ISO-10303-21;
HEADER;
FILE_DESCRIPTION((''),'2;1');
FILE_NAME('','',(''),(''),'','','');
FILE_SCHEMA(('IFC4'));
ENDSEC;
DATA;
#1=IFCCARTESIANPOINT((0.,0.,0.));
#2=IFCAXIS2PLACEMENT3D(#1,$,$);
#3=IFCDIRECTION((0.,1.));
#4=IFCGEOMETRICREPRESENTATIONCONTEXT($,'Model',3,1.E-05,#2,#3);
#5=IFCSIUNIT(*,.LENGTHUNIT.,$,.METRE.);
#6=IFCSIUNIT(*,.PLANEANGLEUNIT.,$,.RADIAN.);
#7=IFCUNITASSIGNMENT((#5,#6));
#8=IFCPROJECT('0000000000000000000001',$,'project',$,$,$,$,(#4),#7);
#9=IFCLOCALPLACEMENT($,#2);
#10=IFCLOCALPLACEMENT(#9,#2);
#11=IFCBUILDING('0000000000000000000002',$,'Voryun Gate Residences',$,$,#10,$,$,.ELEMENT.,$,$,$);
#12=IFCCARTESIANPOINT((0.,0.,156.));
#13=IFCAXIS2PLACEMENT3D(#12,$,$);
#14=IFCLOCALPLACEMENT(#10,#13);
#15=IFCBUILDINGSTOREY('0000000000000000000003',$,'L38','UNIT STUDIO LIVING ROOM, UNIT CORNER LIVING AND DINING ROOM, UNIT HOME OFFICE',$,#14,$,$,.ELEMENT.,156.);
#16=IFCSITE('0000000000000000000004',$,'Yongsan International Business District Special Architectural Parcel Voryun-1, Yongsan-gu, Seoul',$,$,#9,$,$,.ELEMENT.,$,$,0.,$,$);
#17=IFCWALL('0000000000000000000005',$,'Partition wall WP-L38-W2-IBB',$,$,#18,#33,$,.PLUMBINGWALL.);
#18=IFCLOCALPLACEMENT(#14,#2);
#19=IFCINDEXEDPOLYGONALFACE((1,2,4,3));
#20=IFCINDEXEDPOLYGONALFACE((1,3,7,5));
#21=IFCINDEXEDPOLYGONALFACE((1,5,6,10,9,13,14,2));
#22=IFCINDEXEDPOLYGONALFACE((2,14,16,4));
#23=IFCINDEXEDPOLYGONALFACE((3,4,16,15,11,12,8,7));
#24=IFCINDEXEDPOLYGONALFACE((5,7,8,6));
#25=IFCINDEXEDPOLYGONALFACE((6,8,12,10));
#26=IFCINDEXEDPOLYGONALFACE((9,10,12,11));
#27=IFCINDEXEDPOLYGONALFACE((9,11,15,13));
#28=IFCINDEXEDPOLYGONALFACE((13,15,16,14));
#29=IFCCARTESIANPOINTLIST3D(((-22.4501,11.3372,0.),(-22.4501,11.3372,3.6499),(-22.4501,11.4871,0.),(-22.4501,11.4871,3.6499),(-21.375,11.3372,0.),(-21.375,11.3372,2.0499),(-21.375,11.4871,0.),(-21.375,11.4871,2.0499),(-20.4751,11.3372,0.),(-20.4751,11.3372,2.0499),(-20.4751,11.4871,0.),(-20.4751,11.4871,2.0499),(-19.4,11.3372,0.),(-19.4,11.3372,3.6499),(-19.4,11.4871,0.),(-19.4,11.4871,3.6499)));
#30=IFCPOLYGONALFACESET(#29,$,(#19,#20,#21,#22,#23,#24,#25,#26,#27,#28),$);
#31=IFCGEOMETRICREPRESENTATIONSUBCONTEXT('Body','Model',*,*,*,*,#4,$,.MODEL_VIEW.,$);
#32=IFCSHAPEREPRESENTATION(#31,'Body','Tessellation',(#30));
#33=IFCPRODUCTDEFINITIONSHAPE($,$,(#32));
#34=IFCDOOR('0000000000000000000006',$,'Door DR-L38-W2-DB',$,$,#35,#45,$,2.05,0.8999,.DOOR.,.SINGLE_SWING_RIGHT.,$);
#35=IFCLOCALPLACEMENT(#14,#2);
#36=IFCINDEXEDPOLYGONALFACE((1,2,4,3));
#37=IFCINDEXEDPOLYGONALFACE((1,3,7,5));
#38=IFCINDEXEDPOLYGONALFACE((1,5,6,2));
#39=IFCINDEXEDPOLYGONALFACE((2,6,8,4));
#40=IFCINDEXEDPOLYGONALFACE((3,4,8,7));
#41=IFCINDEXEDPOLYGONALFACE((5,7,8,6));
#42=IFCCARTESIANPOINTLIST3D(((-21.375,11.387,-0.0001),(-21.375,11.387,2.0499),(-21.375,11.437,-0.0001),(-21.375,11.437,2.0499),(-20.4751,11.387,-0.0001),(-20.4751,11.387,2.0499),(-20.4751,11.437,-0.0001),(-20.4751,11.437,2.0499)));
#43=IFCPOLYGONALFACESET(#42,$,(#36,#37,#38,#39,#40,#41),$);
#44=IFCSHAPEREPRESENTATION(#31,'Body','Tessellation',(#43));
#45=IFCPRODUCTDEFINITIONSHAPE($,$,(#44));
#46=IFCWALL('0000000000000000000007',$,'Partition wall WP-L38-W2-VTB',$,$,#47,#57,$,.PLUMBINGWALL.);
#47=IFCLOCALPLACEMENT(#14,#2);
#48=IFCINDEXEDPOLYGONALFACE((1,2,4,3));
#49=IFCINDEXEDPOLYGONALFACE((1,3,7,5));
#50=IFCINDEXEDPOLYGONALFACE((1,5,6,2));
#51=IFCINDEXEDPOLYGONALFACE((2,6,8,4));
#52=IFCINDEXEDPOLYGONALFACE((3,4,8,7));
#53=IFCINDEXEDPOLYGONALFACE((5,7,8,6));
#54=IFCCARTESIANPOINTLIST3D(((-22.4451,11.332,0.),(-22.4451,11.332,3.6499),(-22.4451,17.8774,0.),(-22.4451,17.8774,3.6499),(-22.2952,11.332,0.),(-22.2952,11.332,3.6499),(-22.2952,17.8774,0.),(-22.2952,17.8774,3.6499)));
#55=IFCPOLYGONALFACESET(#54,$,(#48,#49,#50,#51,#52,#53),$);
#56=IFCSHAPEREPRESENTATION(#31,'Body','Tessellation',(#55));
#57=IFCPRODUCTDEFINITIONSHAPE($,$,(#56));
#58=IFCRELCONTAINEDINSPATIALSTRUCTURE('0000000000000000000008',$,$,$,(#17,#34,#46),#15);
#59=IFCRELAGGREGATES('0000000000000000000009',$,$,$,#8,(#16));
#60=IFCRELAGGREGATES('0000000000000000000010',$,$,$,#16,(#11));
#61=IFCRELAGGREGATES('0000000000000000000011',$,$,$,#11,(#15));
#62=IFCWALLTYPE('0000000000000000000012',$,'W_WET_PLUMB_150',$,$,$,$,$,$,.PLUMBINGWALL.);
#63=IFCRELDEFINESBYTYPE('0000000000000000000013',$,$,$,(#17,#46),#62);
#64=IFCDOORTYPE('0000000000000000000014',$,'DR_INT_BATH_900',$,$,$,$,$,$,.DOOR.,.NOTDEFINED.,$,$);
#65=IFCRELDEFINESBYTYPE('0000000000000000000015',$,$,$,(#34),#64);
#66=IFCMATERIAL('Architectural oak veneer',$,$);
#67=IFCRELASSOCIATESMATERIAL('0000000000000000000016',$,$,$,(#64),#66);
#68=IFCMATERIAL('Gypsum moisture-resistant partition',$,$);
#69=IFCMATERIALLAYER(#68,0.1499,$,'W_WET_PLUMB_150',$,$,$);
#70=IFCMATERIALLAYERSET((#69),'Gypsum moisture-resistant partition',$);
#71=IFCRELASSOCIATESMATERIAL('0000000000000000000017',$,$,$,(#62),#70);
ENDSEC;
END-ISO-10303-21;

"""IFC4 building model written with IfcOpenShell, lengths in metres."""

from ifc_helpers import new_model, si_unit, direction, frame, frame_2d, origin, place, context, subcontext, project, spatial, rectangle, extrude, material, layer, layer_set, type_object, element, fill, save


model = new_model("IFC4")

# Units and contexts
model_context = context("Model", 3, precision=1e-05, world=origin(), true_north=direction((0.0, 1.0)))
body_context = subcontext(model_context, "Body", "Model", "MODEL_VIEW")
ifc_project = project(units=[si_unit("LENGTHUNIT", "METRE"), si_unit("PLANEANGLEUNIT", "RADIAN")], contexts=[model_context])

# Site, building, storey
site_placement = place(None, origin())
site = spatial("IfcSite", under=ifc_project, at=site_placement, Name="Yongsan International Business District Special Architectural Parcel Voryun-1, Yongsan-gu, Seoul", CompositionType="ELEMENT", RefElevation=0.0)
building_placement = place(site_placement, origin())
building = spatial("IfcBuilding", under=site, at=building_placement, Name="Voryun Gate Residences", CompositionType="ELEMENT")
storey_placement = place(building_placement, frame((0.0, 0.0, 156.0)))
storey = spatial("IfcBuildingStorey", under=building, at=storey_placement, Name="L38", Description="UNIT STUDIO LIVING ROOM, UNIT CORNER LIVING AND DINING ROOM, UNIT HOME OFFICE", CompositionType="ELEMENT", Elevation=156.0)

# Shared definitions
ifc_material_1 = material(Name="Architectural oak veneer")
door_type_1 = type_object("IfcDoorType", Name="DR_INT_BATH_900", OperationType="NOTDEFINED", PredefinedType="DOOR", material=ifc_material_1)

# Shared definitions
ifc_material_2 = material(Name="Gypsum moisture-resistant partition")
ifc_layer_1 = layer(ifc_material_2, 0.1499, Name="W_WET_PLUMB_150")
ifc_layer_set_1 = layer_set([ifc_layer_1], Name="Gypsum moisture-resistant partition")
wall_type_1 = type_object("IfcWallType", Name="W_WET_PLUMB_150", PredefinedType="PLUMBINGWALL", material=ifc_layer_set_1)

# Wall, opening, door
wall_1_placement = place(storey_placement, frame((-22.45, 11.4121, 0.0), z_axis=(0.0, 0.0, 1.0), x_axis=(1.0, 0.0, 0.0)))
wall_1 = element("IfcWall", 1, at=wall_1_placement, inside=storey, type_object=wall_type_1, Name="Partition wall WP-L38-W2-IBB", PredefinedType="PLUMBINGWALL", context=body_context, shape_type="SweptSolid", body=[
    extrude(rectangle(XDim=3.05, YDim=0.1499, at=frame_2d((1.5249, 0.0))), origin(), (0.0, 0.0, 1.0), 3.6499),
])
opening_1_placement = place(wall_1_placement, frame((1.075, 0.0, 0.0)))
opening_1 = element("IfcOpeningElement", 2, at=opening_1_placement, cuts=wall_1, PredefinedType="OPENING", context=body_context, shape_type="SweptSolid", body=[
    extrude(rectangle(XDim=0.8999, YDim=2.05, at=frame_2d((0.45, 1.0249))), frame((0.0, 0.085, 0.0), z_axis=(0.0, -1.0, 0.0), x_axis=(1.0, 0.0, 0.0)), (0.0, 0.0, 1.0), 0.1699),
])
door_1_placement = place(opening_1_placement, origin())
door_1 = element("IfcDoor", 3, at=door_1_placement, inside=storey, type_object=door_type_1, Name="Door DR-L38-W2-DB", OperationType="SINGLE_SWING_RIGHT", OverallHeight=2.05, OverallWidth=0.8999, PredefinedType="DOOR", context=body_context, shape_type="SweptSolid", body=[
    extrude(rectangle(XDim=0.8999, YDim=2.05, at=frame_2d((0.45, 1.0249))), frame((0.0, 0.0249, 0.0), z_axis=(0.0, -1.0, 0.0), x_axis=(1.0, 0.0, 0.0)), (0.0, 0.0, 1.0), 0.05),
])
fill(opening_1, door_1)

# Wall
wall_2_placement = place(storey_placement, frame((-22.3701, 11.332, 0.0), z_axis=(0.0, 0.0, 1.0), x_axis=(0.0, 1.0, 0.0)))
element("IfcWall", 4, at=wall_2_placement, inside=storey, type_object=wall_type_1, Name="Partition wall WP-L38-W2-VTB", PredefinedType="PLUMBINGWALL", context=body_context, shape_type="SweptSolid", body=[
    extrude(rectangle(XDim=6.5454, YDim=0.1499, at=frame_2d((3.2727, 0.0))), origin(), (0.0, 0.0, 1.0), 3.6499),
])

save(model, "model.ifc")
